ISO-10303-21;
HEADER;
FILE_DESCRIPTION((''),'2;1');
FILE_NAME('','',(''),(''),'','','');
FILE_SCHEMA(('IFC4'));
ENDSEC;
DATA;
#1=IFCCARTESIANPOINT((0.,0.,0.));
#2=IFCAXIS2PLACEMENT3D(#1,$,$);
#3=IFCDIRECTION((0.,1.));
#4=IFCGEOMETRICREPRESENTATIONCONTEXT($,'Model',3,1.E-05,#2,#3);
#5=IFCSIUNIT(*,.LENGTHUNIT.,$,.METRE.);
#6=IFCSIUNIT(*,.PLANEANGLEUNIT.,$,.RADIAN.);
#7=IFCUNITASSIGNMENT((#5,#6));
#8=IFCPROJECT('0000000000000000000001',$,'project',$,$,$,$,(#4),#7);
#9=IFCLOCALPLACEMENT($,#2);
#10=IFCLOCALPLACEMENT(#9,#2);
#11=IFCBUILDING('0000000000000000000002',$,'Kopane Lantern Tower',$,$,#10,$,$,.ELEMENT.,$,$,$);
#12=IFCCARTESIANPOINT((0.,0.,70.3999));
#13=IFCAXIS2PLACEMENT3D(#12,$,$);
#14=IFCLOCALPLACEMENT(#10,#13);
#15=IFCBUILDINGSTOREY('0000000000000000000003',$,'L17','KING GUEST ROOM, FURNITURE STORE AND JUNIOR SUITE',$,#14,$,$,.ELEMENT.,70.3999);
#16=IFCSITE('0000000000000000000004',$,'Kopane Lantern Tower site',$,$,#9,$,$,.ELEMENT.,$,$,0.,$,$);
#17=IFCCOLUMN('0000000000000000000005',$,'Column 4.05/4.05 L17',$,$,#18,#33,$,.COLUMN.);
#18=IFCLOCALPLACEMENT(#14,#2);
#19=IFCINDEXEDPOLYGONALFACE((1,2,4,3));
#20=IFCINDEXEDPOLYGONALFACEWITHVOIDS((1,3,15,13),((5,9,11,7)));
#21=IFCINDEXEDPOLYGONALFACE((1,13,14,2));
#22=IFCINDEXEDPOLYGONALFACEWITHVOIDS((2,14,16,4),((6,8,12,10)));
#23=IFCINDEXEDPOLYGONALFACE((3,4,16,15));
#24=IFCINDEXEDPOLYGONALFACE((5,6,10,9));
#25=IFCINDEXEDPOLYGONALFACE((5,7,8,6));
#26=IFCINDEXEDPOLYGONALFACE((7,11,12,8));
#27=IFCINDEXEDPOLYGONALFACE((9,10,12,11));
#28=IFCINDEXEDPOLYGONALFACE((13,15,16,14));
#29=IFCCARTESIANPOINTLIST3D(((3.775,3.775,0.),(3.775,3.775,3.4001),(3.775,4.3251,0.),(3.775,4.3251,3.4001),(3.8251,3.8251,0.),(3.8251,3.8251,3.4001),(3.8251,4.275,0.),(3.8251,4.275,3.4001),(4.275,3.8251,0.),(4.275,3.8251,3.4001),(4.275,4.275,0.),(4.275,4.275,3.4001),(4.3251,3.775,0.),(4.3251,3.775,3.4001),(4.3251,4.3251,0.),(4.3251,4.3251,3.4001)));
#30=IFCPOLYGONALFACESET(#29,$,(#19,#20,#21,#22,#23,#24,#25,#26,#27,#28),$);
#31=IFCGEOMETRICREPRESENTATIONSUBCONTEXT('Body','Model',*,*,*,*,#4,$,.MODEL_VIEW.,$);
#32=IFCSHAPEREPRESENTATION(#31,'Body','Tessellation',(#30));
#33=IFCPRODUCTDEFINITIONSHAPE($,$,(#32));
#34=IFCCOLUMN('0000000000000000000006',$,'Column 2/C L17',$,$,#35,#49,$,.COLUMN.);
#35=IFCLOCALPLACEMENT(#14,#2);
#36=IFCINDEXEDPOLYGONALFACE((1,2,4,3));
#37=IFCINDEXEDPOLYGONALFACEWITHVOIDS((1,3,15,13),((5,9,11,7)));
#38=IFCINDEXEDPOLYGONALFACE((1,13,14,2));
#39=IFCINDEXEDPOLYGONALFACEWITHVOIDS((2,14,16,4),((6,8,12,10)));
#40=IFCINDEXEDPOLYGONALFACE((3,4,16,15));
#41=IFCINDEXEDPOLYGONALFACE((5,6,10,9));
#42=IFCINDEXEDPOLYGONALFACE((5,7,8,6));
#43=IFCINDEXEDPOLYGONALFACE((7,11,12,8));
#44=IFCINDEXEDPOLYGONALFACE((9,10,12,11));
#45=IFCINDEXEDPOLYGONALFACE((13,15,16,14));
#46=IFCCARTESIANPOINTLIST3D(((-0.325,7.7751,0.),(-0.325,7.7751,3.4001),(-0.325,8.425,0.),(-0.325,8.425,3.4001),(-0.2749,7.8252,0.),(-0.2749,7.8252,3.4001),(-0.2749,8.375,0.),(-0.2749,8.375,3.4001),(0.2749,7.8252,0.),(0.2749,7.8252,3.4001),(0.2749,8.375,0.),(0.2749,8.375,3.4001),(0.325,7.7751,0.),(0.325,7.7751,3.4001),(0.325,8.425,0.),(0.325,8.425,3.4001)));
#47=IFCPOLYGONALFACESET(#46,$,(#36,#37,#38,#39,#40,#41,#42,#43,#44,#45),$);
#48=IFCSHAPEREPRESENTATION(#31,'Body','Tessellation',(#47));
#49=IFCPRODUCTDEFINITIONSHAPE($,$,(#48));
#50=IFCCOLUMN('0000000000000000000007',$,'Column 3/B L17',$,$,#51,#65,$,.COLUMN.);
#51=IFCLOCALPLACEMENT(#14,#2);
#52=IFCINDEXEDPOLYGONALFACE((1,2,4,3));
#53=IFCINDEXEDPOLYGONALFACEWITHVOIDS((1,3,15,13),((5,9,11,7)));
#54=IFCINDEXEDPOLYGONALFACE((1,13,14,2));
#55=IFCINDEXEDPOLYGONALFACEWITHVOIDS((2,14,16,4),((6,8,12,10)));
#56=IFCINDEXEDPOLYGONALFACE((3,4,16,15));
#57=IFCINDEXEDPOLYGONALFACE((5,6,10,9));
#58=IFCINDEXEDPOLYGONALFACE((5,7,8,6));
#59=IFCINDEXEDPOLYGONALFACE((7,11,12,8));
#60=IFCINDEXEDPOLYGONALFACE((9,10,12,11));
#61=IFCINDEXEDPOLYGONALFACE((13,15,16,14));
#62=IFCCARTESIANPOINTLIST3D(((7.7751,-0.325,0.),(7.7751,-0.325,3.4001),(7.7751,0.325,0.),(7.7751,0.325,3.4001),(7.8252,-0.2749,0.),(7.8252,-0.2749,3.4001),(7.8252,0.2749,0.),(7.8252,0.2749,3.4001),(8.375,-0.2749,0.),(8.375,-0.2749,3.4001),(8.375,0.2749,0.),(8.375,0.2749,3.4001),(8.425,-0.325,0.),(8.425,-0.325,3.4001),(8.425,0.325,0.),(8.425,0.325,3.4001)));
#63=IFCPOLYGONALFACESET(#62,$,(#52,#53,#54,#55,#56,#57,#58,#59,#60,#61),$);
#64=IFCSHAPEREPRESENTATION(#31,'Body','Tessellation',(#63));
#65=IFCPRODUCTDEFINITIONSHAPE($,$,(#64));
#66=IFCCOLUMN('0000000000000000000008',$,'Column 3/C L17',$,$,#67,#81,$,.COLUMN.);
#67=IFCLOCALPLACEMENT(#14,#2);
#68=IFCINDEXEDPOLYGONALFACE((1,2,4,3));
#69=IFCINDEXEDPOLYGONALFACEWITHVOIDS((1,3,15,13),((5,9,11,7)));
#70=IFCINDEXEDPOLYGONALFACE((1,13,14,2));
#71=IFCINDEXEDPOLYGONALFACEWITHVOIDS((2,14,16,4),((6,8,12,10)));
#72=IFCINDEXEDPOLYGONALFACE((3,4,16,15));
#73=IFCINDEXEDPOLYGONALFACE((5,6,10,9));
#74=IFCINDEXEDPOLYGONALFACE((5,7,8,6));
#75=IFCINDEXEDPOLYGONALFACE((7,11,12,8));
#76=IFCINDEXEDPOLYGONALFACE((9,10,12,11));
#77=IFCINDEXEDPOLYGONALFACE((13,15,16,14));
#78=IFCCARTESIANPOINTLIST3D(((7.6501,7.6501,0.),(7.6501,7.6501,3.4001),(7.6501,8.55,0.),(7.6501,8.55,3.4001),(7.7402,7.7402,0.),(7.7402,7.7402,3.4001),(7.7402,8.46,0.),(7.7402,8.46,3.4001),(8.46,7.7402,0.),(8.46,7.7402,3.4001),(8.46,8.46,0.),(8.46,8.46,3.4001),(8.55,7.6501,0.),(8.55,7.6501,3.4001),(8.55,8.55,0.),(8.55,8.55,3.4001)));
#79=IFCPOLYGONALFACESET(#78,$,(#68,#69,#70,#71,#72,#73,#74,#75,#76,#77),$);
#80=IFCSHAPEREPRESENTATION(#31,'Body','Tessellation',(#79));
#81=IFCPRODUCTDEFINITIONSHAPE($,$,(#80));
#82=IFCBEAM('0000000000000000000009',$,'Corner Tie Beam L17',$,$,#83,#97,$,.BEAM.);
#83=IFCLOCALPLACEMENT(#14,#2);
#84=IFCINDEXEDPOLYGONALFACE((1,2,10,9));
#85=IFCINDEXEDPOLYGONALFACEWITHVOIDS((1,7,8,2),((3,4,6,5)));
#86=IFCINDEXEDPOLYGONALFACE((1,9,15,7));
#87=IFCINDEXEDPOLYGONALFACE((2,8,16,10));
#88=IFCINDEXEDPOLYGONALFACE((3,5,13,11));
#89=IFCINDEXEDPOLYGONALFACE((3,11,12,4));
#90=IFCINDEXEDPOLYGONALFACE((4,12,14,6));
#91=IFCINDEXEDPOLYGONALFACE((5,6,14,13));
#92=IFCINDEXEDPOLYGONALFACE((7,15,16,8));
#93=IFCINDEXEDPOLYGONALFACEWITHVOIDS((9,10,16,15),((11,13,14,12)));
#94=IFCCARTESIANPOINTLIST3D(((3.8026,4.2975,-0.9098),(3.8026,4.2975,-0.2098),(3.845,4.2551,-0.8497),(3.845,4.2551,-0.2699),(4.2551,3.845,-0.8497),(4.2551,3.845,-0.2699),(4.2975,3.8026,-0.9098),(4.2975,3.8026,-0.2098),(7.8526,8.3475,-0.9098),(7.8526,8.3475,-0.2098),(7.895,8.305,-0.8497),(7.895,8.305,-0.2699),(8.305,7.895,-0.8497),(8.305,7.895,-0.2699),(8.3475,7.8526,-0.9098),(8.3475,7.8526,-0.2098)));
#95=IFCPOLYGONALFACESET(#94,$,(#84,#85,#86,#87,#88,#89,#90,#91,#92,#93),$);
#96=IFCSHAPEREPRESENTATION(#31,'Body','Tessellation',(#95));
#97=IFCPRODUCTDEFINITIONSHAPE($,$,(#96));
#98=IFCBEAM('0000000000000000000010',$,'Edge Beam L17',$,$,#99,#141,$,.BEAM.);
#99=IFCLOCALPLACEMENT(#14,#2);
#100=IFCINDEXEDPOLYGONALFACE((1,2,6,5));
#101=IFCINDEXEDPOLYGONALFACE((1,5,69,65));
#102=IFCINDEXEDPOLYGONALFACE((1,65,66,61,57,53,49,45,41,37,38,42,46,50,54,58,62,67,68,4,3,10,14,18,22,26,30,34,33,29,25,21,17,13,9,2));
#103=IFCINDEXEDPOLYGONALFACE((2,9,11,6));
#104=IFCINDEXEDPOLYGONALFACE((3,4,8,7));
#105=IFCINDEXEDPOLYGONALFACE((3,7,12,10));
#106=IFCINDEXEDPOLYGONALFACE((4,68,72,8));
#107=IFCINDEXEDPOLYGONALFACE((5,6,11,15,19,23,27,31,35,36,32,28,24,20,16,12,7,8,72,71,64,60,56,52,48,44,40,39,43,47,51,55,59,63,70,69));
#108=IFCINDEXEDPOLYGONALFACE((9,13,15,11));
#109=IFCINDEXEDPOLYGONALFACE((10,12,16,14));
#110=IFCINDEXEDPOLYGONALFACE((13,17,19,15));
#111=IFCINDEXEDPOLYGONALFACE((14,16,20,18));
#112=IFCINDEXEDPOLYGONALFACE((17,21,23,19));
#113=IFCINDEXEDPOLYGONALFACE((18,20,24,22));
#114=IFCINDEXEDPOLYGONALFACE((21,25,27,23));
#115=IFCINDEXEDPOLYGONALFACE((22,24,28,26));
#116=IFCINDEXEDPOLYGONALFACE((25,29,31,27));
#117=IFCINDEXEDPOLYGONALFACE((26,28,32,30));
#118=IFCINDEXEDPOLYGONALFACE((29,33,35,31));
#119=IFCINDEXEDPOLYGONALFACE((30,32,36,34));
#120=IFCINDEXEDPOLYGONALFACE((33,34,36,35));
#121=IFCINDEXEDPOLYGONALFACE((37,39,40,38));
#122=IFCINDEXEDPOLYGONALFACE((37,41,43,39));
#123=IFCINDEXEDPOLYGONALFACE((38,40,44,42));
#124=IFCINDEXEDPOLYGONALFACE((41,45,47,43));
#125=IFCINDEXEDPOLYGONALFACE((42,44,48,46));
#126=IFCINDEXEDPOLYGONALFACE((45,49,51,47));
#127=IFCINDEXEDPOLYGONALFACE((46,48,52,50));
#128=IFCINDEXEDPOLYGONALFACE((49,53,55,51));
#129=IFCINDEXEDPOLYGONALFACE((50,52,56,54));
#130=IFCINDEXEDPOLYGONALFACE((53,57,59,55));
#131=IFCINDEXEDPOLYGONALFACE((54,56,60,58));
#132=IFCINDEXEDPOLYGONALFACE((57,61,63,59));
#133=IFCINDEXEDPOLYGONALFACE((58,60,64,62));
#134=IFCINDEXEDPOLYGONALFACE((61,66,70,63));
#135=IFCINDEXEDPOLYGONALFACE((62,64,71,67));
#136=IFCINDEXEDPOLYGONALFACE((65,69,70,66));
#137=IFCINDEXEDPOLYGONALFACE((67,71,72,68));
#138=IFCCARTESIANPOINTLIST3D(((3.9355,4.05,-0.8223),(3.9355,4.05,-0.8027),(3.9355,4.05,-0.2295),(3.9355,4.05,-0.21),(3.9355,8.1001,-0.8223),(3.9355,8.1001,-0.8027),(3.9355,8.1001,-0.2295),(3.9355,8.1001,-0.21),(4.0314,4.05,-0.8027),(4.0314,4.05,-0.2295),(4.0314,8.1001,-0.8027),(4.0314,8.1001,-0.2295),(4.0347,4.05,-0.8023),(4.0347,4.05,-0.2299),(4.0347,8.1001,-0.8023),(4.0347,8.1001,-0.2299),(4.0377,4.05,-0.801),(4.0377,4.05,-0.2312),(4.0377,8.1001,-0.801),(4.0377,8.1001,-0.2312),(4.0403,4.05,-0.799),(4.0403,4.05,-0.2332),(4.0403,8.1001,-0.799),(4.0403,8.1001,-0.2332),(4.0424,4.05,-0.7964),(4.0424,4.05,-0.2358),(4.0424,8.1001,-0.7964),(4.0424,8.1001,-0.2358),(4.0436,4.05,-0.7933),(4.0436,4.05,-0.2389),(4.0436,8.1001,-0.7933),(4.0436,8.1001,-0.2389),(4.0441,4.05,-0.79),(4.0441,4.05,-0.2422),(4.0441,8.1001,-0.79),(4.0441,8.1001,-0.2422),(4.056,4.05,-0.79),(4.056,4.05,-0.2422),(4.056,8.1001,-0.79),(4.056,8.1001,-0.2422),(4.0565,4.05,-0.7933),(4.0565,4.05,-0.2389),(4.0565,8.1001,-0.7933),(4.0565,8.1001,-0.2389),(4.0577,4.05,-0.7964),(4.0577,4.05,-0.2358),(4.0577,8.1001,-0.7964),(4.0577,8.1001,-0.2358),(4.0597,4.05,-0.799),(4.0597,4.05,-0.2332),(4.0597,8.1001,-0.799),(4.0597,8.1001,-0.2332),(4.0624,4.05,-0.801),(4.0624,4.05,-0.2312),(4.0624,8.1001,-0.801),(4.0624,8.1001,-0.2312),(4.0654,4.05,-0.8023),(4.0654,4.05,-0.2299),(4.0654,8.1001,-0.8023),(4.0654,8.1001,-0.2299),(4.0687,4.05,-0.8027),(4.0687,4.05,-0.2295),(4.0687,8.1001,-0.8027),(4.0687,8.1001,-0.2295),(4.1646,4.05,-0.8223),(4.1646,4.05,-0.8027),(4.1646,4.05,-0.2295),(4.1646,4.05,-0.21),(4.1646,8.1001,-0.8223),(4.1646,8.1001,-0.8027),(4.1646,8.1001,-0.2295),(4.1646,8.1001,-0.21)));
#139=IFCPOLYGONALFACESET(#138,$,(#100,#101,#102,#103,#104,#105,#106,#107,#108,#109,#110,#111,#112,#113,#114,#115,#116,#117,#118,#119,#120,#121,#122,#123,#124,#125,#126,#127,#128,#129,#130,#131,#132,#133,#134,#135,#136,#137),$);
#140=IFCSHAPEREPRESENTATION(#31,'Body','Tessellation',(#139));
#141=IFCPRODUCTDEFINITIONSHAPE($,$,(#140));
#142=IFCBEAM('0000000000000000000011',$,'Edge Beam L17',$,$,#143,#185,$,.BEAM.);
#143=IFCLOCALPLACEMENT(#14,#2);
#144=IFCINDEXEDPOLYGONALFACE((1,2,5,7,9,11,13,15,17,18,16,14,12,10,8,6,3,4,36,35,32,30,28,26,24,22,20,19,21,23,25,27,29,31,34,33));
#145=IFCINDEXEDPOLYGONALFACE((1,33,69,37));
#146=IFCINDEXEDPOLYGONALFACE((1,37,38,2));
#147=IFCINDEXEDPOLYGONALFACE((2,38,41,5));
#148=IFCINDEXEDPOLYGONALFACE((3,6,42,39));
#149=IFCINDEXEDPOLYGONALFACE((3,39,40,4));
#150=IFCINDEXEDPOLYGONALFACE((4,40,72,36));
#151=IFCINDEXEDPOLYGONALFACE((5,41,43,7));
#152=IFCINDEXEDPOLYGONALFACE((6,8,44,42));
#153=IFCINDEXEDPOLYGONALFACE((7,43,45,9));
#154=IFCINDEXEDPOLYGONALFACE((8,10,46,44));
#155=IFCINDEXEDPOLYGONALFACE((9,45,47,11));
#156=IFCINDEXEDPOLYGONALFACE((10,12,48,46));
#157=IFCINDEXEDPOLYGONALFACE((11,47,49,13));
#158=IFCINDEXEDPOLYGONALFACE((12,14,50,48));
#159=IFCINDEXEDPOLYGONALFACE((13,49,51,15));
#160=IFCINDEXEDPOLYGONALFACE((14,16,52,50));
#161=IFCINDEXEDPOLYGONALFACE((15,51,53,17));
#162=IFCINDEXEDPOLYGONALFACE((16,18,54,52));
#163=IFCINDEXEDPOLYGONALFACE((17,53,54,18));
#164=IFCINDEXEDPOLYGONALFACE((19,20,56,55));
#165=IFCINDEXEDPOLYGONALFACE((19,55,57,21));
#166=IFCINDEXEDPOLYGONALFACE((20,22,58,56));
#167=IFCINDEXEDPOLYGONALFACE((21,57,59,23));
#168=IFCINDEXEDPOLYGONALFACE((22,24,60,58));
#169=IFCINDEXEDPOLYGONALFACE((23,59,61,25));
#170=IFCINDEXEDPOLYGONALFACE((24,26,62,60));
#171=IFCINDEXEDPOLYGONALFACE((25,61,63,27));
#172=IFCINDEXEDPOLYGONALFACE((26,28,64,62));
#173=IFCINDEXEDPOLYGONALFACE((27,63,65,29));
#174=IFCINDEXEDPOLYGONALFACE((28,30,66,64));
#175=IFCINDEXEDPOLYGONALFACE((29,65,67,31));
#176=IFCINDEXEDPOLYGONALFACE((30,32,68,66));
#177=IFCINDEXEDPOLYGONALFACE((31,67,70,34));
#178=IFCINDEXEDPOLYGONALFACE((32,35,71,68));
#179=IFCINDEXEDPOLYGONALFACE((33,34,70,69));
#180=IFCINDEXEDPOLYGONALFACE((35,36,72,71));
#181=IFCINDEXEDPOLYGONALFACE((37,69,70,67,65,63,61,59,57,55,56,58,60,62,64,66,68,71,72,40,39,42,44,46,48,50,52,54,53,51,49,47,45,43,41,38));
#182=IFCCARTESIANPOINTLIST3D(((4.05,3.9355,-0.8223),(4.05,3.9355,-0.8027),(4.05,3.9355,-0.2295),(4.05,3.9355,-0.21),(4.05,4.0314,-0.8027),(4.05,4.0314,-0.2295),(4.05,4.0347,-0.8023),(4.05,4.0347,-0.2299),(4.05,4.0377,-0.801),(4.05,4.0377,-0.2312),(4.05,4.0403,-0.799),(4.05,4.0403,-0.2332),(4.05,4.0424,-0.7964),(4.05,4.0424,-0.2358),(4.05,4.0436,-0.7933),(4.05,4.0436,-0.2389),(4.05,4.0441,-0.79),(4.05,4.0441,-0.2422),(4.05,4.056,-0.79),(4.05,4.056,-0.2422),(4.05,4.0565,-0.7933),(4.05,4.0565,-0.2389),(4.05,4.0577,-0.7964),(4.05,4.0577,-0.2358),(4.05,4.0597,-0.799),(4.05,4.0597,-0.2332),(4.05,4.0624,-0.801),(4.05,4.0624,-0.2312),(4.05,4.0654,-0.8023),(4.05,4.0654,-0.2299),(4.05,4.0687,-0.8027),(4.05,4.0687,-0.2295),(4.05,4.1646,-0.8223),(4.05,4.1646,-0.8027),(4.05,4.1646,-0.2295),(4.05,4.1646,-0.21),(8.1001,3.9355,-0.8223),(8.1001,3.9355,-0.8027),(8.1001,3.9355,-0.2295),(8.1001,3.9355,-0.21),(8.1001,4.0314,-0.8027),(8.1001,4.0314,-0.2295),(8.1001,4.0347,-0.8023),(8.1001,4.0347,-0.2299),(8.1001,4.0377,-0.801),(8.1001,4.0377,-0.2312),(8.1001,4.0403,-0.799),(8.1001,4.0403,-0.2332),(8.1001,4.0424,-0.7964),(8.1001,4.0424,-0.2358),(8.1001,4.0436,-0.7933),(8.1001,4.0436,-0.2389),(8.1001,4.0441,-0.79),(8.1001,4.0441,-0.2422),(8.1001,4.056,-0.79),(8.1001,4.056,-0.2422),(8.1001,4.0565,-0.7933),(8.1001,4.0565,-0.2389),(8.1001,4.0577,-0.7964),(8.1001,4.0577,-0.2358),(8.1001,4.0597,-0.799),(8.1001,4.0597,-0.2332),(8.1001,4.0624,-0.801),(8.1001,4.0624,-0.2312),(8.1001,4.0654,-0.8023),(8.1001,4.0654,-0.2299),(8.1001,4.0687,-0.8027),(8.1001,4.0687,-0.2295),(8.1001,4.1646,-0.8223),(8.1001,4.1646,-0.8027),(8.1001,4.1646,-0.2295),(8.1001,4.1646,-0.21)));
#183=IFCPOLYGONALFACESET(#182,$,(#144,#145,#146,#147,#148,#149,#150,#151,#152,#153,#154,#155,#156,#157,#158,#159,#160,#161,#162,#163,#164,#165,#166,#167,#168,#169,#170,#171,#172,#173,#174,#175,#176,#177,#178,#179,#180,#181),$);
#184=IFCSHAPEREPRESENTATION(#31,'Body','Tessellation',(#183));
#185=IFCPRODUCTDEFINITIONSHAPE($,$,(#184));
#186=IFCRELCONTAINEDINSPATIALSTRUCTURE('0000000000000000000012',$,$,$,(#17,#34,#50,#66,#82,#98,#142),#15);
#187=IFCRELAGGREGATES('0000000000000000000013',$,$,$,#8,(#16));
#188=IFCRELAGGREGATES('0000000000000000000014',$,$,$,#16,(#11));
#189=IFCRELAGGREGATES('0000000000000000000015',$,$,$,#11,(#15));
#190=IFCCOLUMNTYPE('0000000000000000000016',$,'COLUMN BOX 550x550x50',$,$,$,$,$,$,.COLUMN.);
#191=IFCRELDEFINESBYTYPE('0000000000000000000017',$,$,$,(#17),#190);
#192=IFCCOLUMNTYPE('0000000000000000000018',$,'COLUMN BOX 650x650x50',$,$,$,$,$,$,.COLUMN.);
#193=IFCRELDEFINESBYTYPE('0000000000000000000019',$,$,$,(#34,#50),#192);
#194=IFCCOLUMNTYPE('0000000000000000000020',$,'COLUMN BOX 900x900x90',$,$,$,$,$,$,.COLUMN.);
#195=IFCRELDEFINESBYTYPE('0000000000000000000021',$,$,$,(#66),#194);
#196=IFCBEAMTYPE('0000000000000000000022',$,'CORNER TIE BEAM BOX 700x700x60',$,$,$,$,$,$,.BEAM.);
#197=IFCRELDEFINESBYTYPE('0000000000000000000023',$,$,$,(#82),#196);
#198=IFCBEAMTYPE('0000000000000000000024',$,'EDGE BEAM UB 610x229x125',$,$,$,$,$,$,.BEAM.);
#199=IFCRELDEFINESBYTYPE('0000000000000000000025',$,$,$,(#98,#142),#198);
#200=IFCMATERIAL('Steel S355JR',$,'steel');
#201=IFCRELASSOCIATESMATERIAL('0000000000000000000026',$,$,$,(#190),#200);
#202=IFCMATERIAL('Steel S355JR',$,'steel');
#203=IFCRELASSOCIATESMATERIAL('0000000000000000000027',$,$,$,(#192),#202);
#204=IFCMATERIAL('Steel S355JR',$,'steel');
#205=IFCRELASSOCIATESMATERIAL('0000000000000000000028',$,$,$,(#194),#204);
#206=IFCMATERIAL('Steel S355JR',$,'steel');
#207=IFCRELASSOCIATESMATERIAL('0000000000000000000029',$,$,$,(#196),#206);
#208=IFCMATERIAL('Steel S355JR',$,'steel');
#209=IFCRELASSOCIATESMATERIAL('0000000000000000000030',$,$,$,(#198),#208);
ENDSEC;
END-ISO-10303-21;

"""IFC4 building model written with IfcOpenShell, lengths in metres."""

from ifc_helpers import new_model, si_unit, direction, frame, origin, origin_2d, place, context, subcontext, project, spatial, hollow_rectangle, i_section, extrude, material, material_profile, profile_set, type_object, element, save


model = new_model("IFC4")

# Units and contexts
model_context = context("Model", 3, precision=1e-05, world=origin(), true_north=direction((0.0, 1.0)))
body_context = subcontext(model_context, "Body", "Model", "MODEL_VIEW")
ifc_project = project(units=[si_unit("LENGTHUNIT", "METRE"), si_unit("PLANEANGLEUNIT", "RADIAN")], contexts=[model_context])

# Site, building, storey
site_placement = place(None, origin())
site = spatial("IfcSite", under=ifc_project, at=site_placement, Name="Kopane Lantern Tower site", CompositionType="ELEMENT", RefElevation=0.0)
building_placement = place(site_placement, origin())
building = spatial("IfcBuilding", under=site, at=building_placement, Name="Kopane Lantern Tower", CompositionType="ELEMENT")
storey_placement = place(building_placement, frame((0.0, 0.0, 70.3999)))
storey = spatial("IfcBuildingStorey", under=building, at=storey_placement, Name="L17", Description="KING GUEST ROOM, FURNITURE STORE AND JUNIOR SUITE", CompositionType="ELEMENT", Elevation=70.3999)

# Columns
ifc_material_1 = material(Name="Steel S355JR", Category="steel")
ifc_material_profile_1 = material_profile(ifc_material_1, hollow_rectangle(XDim=0.55, YDim=0.55, WallThickness=0.05, at=origin_2d()), Name="BOX 550x550x50")
ifc_profile_set_1 = profile_set([ifc_material_profile_1], Name="Steel S355JR")
column_type_1 = type_object("IfcColumnType", Name="COLUMN BOX 550x550x50", PredefinedType="COLUMN", material=ifc_profile_set_1)
column_1_placement = place(storey_placement, frame((4.05, 4.05, 0.0), z_axis=(0.0, 0.0, 1.0), x_axis=(1.0, 0.0, 0.0)))
element("IfcColumn", 1, at=column_1_placement, inside=storey, type_object=column_type_1, Name="Column 4.05/4.05 L17", PredefinedType="COLUMN", context=body_context, shape_type="SweptSolid", body=[
    extrude(hollow_rectangle(XDim=0.55, YDim=0.55, WallThickness=0.05, at=origin_2d()), origin(), (0.0, 0.0, 1.0), 3.4001),
])
ifc_material_2 = material(Name="Steel S355JR", Category="steel")
ifc_material_profile_2 = material_profile(ifc_material_2, hollow_rectangle(XDim=0.6499, YDim=0.6499, WallThickness=0.05, at=origin_2d()), Name="BOX 650x650x50")
ifc_profile_set_2 = profile_set([ifc_material_profile_2], Name="Steel S355JR")
column_type_2 = type_object("IfcColumnType", Name="COLUMN BOX 650x650x50", PredefinedType="COLUMN", material=ifc_profile_set_2)
for number, where, z_axis, x_axis, name in (
    (2, (0.0, 8.1001, 0.0), (0.0, 0.0, 1.0), (1.0, 0.0, 0.0), "Column 2/C L17"),
    (3, (8.1001, 0.0, 0.0), (0.0, 0.0, 1.0), (1.0, 0.0, 0.0), "Column 3/B L17"),
):
    element("IfcColumn", number, at=place(storey_placement, frame(where, z_axis=z_axis, x_axis=x_axis)), inside=storey, type_object=column_type_2, Name=name, PredefinedType="COLUMN", context=body_context, shape_type="SweptSolid", body=[
        extrude(hollow_rectangle(XDim=0.6499, YDim=0.6499, WallThickness=0.05, at=origin_2d()), origin(), (0.0, 0.0, 1.0), 3.4001),
    ])
ifc_material_3 = material(Name="Steel S355JR", Category="steel")
ifc_material_profile_3 = material_profile(ifc_material_3, hollow_rectangle(XDim=0.8999, YDim=0.8999, WallThickness=0.0901, at=origin_2d()), Name="BOX 900x900x90")
ifc_profile_set_3 = profile_set([ifc_material_profile_3], Name="Steel S355JR")
column_type_3 = type_object("IfcColumnType", Name="COLUMN BOX 900x900x90", PredefinedType="COLUMN", material=ifc_profile_set_3)
column_2_placement = place(storey_placement, frame((8.1001, 8.1001, 0.0), z_axis=(0.0, 0.0, 1.0), x_axis=(1.0, 0.0, 0.0)))
element("IfcColumn", 4, at=column_2_placement, inside=storey, type_object=column_type_3, Name="Column 3/C L17", PredefinedType="COLUMN", context=body_context, shape_type="SweptSolid", body=[
    extrude(hollow_rectangle(XDim=0.8999, YDim=0.8999, WallThickness=0.0901, at=origin_2d()), origin(), (0.0, 0.0, 1.0), 3.4001),
])

# Beams
ifc_material_4 = material(Name="Steel S355JR", Category="steel")
ifc_material_profile_4 = material_profile(ifc_material_4, hollow_rectangle(XDim=0.7, YDim=0.7, WallThickness=0.0601, at=origin_2d()), Name="BOX 700x700x60")
ifc_profile_set_4 = profile_set([ifc_material_profile_4], Name="Steel S355JR")
beam_type_1 = type_object("IfcBeamType", Name="CORNER TIE BEAM BOX 700x700x60", PredefinedType="BEAM", material=ifc_profile_set_4)
beam_1_placement = place(storey_placement, frame((4.05, 4.05, -0.5598), z_axis=(0.707107, 0.707107, 0.0), x_axis=(-0.707107, 0.707107, 0.0)))
element("IfcBeam", 5, at=beam_1_placement, inside=storey, type_object=beam_type_1, Name="Corner Tie Beam L17", PredefinedType="BEAM", context=body_context, shape_type="SweptSolid", body=[
    extrude(hollow_rectangle(XDim=0.7, YDim=0.7, WallThickness=0.0601, at=origin_2d()), origin(), (0.0, 0.0, 1.0), 5.7275),
])
ifc_material_5 = material(Name="Steel S355JR", Category="steel")
ifc_material_profile_5 = material_profile(ifc_material_5, i_section(OverallWidth=0.229, OverallDepth=0.6123, WebThickness=0.012, FlangeThickness=0.0195, FilletRadius=0.0127, at=origin_2d()), Name="UB 610x229x125")
ifc_profile_set_5 = profile_set([ifc_material_profile_5], Name="Steel S355JR")
beam_type_2 = type_object("IfcBeamType", Name="EDGE BEAM UB 610x229x125", PredefinedType="BEAM", material=ifc_profile_set_5)
for number, where, z_axis, x_axis, name in (
    (6, (4.05, 4.05, -0.5161), (0.0, 1.0, 0.0), (-1.0, 0.0, 0.0), "Edge Beam L17"),
    (7, (4.05, 4.05, -0.5161), (1.0, 0.0, 0.0), (0.0, 1.0, 0.0), "Edge Beam L17"),
):
    element("IfcBeam", number, at=place(storey_placement, frame(where, z_axis=z_axis, x_axis=x_axis)), inside=storey, type_object=beam_type_2, Name=name, PredefinedType="BEAM", context=body_context, shape_type="SweptSolid", body=[
        extrude(i_section(OverallWidth=0.229, OverallDepth=0.6123, WebThickness=0.012, FlangeThickness=0.0195, FilletRadius=0.0127, at=origin_2d()), origin(), (0.0, 0.0, 1.0), 4.05),
    ])

save(model, "model.ifc")
